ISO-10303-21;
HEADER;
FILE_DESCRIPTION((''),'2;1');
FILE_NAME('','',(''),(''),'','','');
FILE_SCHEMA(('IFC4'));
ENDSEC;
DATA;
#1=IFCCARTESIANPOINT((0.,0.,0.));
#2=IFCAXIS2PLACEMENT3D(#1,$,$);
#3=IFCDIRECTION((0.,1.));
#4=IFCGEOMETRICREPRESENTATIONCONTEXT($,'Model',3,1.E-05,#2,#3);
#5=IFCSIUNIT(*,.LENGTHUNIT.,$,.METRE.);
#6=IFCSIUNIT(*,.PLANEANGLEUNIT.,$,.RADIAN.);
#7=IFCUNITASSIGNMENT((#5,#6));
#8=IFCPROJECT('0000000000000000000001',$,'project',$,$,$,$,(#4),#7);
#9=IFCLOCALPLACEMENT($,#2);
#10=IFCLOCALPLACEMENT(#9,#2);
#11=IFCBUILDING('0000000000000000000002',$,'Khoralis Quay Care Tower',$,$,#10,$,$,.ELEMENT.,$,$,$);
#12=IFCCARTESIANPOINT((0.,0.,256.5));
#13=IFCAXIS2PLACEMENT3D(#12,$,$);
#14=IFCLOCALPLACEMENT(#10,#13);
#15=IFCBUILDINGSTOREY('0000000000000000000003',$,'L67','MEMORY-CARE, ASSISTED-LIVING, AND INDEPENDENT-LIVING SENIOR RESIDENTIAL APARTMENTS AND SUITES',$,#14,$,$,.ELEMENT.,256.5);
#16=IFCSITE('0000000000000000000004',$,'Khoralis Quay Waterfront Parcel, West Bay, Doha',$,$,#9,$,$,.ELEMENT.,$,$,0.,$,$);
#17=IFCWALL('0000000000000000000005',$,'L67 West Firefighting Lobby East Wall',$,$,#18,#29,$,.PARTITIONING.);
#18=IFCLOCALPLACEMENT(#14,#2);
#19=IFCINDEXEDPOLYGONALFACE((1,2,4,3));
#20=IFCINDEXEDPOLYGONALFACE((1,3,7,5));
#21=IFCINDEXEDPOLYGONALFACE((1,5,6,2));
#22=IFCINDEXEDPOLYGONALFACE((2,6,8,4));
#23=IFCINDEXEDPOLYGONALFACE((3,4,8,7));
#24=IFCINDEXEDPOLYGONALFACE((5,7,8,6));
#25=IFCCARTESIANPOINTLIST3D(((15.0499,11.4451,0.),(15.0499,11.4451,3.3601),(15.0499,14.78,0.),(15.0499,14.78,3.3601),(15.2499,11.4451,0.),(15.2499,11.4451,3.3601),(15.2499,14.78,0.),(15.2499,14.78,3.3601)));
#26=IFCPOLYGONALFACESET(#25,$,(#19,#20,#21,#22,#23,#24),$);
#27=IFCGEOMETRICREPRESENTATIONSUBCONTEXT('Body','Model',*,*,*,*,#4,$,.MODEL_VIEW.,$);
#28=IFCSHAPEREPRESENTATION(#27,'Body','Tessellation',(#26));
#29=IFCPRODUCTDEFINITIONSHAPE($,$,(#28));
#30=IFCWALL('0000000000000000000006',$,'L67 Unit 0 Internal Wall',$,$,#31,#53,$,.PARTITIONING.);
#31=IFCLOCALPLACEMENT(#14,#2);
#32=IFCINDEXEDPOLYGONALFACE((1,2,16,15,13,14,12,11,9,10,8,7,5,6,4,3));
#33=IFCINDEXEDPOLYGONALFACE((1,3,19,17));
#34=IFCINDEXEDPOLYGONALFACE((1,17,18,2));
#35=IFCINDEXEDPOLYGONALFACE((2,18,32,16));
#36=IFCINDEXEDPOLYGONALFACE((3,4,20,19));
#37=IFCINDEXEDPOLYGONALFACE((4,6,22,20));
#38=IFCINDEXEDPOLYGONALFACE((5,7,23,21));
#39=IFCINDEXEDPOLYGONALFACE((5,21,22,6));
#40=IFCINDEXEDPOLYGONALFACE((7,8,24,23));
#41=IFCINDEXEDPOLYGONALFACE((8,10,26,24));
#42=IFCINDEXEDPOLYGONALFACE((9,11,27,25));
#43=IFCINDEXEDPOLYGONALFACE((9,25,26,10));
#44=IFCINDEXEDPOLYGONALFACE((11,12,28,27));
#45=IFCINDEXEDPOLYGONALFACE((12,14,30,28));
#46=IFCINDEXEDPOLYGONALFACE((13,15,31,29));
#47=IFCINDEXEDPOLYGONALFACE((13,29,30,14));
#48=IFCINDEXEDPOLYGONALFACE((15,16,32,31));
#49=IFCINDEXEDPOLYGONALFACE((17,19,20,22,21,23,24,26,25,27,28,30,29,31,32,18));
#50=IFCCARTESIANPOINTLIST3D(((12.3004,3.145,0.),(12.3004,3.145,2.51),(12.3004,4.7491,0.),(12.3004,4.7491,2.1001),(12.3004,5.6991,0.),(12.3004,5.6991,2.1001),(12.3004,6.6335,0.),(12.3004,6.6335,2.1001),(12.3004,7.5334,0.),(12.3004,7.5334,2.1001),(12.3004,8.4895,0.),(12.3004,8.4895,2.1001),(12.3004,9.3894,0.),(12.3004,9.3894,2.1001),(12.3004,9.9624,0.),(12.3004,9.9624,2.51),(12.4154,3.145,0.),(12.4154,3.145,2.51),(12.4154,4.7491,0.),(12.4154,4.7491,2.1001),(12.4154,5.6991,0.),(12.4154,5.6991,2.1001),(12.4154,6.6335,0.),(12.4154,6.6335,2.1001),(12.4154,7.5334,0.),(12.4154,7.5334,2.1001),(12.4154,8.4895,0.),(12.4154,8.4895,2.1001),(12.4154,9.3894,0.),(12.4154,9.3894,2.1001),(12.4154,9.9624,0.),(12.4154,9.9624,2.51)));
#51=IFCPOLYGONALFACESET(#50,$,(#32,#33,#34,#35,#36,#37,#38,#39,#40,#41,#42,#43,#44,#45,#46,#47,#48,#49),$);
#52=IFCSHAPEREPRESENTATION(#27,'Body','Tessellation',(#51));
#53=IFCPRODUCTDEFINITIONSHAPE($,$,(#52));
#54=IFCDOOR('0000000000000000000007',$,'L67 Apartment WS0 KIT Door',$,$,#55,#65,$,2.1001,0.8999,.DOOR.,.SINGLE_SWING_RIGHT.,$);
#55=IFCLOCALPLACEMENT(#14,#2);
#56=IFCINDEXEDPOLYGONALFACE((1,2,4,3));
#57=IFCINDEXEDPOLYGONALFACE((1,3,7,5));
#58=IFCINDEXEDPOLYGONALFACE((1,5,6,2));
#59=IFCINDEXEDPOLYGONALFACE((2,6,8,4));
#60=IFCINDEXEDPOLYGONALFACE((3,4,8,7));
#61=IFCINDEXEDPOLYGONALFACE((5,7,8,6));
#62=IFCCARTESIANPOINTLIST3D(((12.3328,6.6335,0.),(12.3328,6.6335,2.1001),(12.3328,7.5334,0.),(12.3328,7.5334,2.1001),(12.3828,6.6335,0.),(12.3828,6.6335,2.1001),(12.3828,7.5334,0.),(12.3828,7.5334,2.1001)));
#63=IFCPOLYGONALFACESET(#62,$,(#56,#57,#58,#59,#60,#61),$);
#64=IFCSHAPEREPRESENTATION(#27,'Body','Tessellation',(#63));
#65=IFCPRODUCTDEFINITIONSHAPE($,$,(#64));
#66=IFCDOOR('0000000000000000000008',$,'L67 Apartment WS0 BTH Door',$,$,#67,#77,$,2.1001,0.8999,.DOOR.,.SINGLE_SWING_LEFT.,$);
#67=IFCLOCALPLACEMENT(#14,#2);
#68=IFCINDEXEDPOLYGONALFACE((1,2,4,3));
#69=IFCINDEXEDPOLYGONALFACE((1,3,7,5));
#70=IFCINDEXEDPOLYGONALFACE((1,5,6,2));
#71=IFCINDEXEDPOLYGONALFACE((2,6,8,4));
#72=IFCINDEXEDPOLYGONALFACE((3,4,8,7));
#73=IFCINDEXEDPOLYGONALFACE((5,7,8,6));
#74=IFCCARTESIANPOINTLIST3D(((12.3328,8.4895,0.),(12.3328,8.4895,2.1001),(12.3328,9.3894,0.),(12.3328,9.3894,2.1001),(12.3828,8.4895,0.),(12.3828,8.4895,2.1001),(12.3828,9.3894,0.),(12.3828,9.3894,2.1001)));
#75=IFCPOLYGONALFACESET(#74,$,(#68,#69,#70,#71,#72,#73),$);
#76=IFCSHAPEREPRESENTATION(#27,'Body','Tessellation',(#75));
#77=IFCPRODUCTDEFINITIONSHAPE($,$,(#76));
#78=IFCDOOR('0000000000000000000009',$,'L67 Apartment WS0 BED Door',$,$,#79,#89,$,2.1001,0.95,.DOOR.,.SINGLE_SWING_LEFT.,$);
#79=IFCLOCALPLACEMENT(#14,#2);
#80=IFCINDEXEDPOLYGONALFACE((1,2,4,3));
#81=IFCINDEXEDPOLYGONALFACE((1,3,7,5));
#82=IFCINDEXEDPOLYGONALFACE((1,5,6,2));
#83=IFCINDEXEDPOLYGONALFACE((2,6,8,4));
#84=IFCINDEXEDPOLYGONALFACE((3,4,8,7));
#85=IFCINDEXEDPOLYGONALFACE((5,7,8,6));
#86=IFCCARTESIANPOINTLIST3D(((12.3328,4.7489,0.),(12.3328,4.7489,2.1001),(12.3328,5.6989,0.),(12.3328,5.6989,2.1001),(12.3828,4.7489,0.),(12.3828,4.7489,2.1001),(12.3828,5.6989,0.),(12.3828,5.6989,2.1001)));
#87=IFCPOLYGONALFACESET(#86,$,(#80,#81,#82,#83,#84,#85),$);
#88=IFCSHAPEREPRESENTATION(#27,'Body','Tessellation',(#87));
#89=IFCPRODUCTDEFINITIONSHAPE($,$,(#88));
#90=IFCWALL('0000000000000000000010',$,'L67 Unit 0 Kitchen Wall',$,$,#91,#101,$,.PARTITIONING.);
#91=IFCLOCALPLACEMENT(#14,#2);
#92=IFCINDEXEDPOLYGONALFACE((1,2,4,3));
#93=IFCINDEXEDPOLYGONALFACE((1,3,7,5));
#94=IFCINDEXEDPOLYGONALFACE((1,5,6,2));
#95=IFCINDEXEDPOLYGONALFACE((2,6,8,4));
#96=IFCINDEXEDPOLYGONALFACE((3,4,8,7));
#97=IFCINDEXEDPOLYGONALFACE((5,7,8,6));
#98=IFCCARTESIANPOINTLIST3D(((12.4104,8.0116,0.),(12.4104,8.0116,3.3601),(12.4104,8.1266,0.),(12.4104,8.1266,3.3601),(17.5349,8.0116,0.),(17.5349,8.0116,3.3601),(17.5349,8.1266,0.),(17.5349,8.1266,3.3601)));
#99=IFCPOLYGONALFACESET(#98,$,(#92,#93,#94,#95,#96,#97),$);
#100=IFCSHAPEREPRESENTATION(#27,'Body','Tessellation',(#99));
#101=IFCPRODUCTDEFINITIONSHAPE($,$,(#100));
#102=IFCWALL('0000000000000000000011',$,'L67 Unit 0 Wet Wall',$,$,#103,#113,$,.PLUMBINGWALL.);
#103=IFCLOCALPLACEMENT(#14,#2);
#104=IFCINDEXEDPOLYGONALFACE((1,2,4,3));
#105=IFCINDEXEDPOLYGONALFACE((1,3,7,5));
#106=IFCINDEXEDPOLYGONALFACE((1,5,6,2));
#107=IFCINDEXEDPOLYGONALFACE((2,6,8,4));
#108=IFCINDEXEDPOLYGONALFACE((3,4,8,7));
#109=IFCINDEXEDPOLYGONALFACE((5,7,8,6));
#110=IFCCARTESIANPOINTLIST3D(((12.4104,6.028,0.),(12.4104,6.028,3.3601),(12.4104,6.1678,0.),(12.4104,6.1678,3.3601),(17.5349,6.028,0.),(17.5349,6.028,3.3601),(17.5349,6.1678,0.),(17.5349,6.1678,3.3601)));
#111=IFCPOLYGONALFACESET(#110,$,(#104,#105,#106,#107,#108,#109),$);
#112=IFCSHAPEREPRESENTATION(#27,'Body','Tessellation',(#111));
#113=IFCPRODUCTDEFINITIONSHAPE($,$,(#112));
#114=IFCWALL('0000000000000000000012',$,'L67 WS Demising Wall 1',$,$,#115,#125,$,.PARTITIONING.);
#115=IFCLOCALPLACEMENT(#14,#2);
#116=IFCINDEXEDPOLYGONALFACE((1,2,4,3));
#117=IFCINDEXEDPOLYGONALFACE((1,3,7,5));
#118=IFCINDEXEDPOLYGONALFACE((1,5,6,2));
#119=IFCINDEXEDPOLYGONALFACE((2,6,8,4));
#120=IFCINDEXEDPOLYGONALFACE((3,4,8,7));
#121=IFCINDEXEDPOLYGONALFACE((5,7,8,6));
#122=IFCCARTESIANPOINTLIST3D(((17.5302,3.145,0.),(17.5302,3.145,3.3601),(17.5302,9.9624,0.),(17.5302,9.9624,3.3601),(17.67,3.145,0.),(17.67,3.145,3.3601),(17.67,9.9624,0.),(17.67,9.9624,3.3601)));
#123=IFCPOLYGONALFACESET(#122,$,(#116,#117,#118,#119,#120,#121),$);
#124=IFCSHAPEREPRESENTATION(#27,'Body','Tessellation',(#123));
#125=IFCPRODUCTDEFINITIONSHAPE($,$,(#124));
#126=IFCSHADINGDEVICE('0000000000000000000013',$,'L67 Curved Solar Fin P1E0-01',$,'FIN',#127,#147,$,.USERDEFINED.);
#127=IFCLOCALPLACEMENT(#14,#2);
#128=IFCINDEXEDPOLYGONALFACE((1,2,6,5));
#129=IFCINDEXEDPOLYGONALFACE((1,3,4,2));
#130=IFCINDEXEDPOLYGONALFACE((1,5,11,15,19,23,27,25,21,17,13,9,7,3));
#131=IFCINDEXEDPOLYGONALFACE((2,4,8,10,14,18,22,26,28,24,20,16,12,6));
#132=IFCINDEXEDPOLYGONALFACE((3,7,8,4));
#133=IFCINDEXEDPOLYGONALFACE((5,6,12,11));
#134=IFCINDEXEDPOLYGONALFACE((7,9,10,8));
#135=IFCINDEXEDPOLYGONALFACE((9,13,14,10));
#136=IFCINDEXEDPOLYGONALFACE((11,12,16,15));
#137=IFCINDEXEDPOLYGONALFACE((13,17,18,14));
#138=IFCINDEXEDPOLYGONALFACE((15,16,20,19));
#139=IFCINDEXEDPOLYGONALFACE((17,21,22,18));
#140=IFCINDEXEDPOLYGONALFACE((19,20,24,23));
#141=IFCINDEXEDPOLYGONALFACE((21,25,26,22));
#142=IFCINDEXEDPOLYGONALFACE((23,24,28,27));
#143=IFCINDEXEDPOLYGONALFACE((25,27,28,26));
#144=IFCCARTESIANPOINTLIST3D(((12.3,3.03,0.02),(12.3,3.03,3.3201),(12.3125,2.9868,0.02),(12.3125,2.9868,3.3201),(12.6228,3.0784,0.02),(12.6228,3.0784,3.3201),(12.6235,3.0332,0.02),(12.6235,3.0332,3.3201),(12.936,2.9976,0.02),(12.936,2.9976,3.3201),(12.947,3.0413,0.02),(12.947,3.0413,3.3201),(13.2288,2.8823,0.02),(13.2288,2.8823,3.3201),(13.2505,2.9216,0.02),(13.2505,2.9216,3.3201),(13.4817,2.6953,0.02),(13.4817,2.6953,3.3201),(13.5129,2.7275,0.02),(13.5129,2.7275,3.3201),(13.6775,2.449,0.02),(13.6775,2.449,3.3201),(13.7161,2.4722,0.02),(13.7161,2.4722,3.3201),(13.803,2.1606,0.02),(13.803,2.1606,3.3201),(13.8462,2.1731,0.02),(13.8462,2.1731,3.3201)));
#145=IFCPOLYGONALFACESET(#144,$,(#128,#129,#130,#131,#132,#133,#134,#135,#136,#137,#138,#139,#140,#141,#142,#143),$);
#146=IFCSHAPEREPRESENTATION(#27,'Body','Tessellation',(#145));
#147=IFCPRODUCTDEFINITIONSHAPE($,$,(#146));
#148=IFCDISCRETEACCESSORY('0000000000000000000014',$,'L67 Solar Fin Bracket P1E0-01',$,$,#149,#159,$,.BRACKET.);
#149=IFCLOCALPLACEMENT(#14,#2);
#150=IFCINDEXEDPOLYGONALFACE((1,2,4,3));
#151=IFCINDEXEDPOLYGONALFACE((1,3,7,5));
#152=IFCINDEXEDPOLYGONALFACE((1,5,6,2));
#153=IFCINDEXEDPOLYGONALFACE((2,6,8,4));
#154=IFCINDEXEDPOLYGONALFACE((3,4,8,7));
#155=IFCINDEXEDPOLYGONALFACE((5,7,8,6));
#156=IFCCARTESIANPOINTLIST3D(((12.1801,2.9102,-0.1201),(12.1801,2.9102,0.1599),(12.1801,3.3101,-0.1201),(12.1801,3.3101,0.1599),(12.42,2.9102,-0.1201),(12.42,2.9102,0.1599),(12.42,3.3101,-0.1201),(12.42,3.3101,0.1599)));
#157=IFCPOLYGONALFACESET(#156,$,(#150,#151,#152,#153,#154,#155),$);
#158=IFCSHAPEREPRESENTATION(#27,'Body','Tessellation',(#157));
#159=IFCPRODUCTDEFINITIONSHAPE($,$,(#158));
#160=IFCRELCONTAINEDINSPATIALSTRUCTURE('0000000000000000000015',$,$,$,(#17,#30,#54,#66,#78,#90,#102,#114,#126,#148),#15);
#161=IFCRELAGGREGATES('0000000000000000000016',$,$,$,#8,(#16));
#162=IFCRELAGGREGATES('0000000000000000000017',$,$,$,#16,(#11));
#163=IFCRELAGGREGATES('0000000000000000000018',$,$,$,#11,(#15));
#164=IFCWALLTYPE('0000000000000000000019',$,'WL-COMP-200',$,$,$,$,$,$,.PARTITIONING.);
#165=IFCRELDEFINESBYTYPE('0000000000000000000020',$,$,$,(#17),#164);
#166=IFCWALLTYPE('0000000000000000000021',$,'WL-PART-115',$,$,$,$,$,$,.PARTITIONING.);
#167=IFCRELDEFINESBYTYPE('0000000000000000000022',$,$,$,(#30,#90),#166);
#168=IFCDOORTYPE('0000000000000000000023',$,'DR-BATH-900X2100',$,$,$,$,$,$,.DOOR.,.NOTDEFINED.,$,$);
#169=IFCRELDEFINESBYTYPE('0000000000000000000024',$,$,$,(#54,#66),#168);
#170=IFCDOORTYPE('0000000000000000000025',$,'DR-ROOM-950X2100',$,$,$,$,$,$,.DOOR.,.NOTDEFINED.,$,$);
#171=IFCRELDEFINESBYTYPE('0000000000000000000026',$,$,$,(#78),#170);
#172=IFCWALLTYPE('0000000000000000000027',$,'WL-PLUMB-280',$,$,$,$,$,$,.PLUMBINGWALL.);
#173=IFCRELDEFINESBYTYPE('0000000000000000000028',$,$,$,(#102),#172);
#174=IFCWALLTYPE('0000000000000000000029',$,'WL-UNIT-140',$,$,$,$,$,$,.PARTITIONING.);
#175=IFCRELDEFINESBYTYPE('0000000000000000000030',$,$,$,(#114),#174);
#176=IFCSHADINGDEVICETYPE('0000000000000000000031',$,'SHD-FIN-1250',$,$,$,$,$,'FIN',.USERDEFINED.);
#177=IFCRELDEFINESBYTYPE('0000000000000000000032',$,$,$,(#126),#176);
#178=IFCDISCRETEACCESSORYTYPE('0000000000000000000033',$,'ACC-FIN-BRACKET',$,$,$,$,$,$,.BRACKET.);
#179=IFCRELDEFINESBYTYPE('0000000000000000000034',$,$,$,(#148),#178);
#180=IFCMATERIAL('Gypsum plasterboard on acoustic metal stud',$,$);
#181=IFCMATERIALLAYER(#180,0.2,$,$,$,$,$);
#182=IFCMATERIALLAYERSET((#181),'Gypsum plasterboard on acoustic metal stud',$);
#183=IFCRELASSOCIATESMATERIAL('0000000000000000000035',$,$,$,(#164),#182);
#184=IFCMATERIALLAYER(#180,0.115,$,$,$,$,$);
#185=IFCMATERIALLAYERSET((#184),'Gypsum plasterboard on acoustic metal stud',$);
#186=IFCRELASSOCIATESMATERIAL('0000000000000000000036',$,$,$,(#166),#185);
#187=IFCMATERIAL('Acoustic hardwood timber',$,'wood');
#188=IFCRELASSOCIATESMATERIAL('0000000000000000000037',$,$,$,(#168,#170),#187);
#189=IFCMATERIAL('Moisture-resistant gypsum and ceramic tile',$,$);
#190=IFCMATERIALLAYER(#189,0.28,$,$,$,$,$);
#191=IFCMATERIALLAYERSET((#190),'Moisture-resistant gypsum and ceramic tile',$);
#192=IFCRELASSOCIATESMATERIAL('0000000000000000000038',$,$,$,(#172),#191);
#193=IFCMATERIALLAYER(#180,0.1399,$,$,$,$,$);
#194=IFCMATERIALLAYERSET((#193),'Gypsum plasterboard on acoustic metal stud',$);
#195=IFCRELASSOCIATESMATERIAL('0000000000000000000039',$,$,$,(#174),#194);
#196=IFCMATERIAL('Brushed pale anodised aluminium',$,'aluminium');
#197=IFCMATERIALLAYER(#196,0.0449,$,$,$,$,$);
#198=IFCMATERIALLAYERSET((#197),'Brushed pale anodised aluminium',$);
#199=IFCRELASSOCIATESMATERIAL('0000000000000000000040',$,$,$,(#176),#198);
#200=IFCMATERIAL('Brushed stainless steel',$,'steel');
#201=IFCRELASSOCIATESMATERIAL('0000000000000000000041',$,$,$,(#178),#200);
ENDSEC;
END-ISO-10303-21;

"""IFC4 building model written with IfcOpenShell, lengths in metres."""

from ifc_helpers import new_model, si_unit, direction, frame, frame_2d, origin, origin_2d, place, context, subcontext, project, spatial, polyline, rectangle, outline, extrude, source, transform, mapped, material, layer, layer_set, type_object, element, fill, save


model = new_model("IFC4")

# Units and contexts
model_context = context("Model", 3, precision=1e-05, world=origin(), true_north=direction((0.0, 1.0)))
body_context = subcontext(model_context, "Body", "Model", "MODEL_VIEW")
ifc_project = project(units=[si_unit("LENGTHUNIT", "METRE"), si_unit("PLANEANGLEUNIT", "RADIAN")], contexts=[model_context])

# Site, building, storey
site_placement = place(None, origin())
site = spatial("IfcSite", under=ifc_project, at=site_placement, Name="Khoralis Quay Waterfront Parcel, West Bay, Doha", CompositionType="ELEMENT", RefElevation=0.0)
building_placement = place(site_placement, origin())
building = spatial("IfcBuilding", under=site, at=building_placement, Name="Khoralis Quay Care Tower", CompositionType="ELEMENT")
storey_placement = place(building_placement, frame((0.0, 0.0, 256.5)))
storey = spatial("IfcBuildingStorey", under=building, at=storey_placement, Name="L67", Description="MEMORY-CARE, ASSISTED-LIVING, AND INDEPENDENT-LIVING SENIOR RESIDENTIAL APARTMENTS AND SUITES", CompositionType="ELEMENT", Elevation=256.5)

# Wall
ifc_material_1 = material(Name="Gypsum plasterboard on acoustic metal stud")
ifc_layer_1 = layer(ifc_material_1, 0.2)
ifc_layer_set_1 = layer_set([ifc_layer_1], Name="Gypsum plasterboard on acoustic metal stud")
wall_type_1 = type_object("IfcWallType", Name="WL-COMP-200", PredefinedType="PARTITIONING", material=ifc_layer_set_1)
wall_1_placement = place(storey_placement, frame((15.1499, 11.4451, 0.0), z_axis=(0.0, 0.0, 1.0), x_axis=(0.0, 1.0, 0.0)))
element("IfcWall", 1, at=wall_1_placement, inside=storey, type_object=wall_type_1, Name="L67 West Firefighting Lobby East Wall", PredefinedType="PARTITIONING", context=body_context, shape_type="SweptSolid", body=[
    extrude(rectangle(XDim=3.335, YDim=0.2, at=frame_2d((1.6675, 0.0))), origin(), (0.0, 0.0, 1.0), 3.3601),
])

# Wall, openings, doors
ifc_layer_2 = layer(ifc_material_1, 0.115)
ifc_layer_set_2 = layer_set([ifc_layer_2], Name="Gypsum plasterboard on acoustic metal stud")
wall_type_2 = type_object("IfcWallType", Name="WL-PART-115", PredefinedType="PARTITIONING", material=ifc_layer_set_2)
wall_2_placement = place(storey_placement, frame((12.3579, 3.145, 0.0), z_axis=(0.0, 0.0, 1.0), x_axis=(0.0, 1.0, 0.0)))
wall_2 = element("IfcWall", 2, at=wall_2_placement, inside=storey, type_object=wall_type_2, Name="L67 Unit 0 Internal Wall", PredefinedType="PARTITIONING", context=body_context, shape_type="SweptSolid", body=[
    extrude(rectangle(XDim=6.8174, YDim=0.115, at=frame_2d((3.4087, 0.0))), origin(), (0.0, 0.0, 1.0), 2.51),
])
opening_1_placement = place(wall_2_placement, frame((1.604, 0.0, 0.0)))
opening_1 = element("IfcOpeningElement", 3, at=opening_1_placement, cuts=wall_2, PredefinedType="OPENING", context=body_context, shape_type="SweptSolid", body=[
    extrude(rectangle(XDim=0.95, YDim=2.1001, at=frame_2d((0.4751, 1.05))), frame((0.0, 0.0674, 0.0), z_axis=(0.0, -1.0, 0.0), x_axis=(1.0, 0.0, 0.0)), (0.0, 0.0, 1.0), 0.135),
])
opening_2_placement = place(wall_2_placement, frame((3.4885, 0.0, 0.0)))
opening_2 = element("IfcOpeningElement", 4, at=opening_2_placement, cuts=wall_2, PredefinedType="OPENING", context=body_context, shape_type="SweptSolid", body=[
    extrude(rectangle(XDim=0.8999, YDim=2.1001, at=frame_2d((0.45, 1.05))), frame((0.0, 0.0674, 0.0), z_axis=(0.0, -1.0, 0.0), x_axis=(1.0, 0.0, 0.0)), (0.0, 0.0, 1.0), 0.135),
])
opening_3_placement = place(wall_2_placement, frame((5.3445, 0.0, 0.0)))
opening_3 = element("IfcOpeningElement", 5, at=opening_3_placement, cuts=wall_2, PredefinedType="OPENING", context=body_context, shape_type="SweptSolid", body=[
    extrude(rectangle(XDim=0.8999, YDim=2.1001, at=frame_2d((0.45, 1.05))), frame((0.0, 0.0674, 0.0), z_axis=(0.0, -1.0, 0.0), x_axis=(1.0, 0.0, 0.0)), (0.0, 0.0, 1.0), 0.135),
])
ifc_material_2 = material(Name="Acoustic hardwood timber", Category="wood")
door_type_1 = type_object("IfcDoorType", Name="DR-BATH-900X2100", OperationType="NOTDEFINED", PredefinedType="DOOR", material=ifc_material_2)
shared_shape_1 = source(origin(), body_context, "Body", "SweptSolid", [
    extrude(rectangle(XDim=0.8999, YDim=2.1001, at=frame_2d((0.45, 1.05))), frame((0.0, 0.0249, 0.0), z_axis=(0.0, -1.0, 0.0), x_axis=(1.0, 0.0, 0.0)), (0.0, 0.0, 1.0), 0.05),
])
door_1_placement = place(opening_2_placement, frame((0.8999, 0.0, 0.0), z_axis=(0.0, 0.0, 1.0), x_axis=(-1.0, 0.0, 0.0)))
door_1 = element("IfcDoor", 6, at=door_1_placement, inside=storey, type_object=door_type_1, Name="L67 Apartment WS0 KIT Door", OperationType="SINGLE_SWING_RIGHT", OverallHeight=2.1001, OverallWidth=0.8999, PredefinedType="DOOR", context=body_context, shape_type="MappedRepresentation", body=[
    mapped(shared_shape_1, transform((0.0, 0.0, 0.0), scale=1.0)),
])
fill(opening_2, door_1)
door_2_placement = place(opening_3_placement, frame((0.8999, 0.0, 0.0), z_axis=(0.0, 0.0, 1.0), x_axis=(-1.0, 0.0, 0.0)))
door_2 = element("IfcDoor", 7, at=door_2_placement, inside=storey, type_object=door_type_1, Name="L67 Apartment WS0 BTH Door", OperationType="SINGLE_SWING_LEFT", OverallHeight=2.1001, OverallWidth=0.8999, PredefinedType="DOOR", context=body_context, shape_type="MappedRepresentation", body=[
    mapped(shared_shape_1, transform((0.0, 0.0, 0.0), scale=1.0)),
])
fill(opening_3, door_2)
door_type_2 = type_object("IfcDoorType", Name="DR-ROOM-950X2100", OperationType="NOTDEFINED", PredefinedType="DOOR", material=ifc_material_2)
shared_shape_2 = source(origin(), body_context, "Body", "SweptSolid", [
    extrude(rectangle(XDim=0.95, YDim=2.1001, at=frame_2d((0.4751, 1.05))), frame((0.0, 0.0249, 0.0), z_axis=(0.0, -1.0, 0.0), x_axis=(1.0, 0.0, 0.0)), (0.0, 0.0, 1.0), 0.05),
])
door_3_placement = place(opening_1_placement, frame((0.95, 0.0, 0.0), z_axis=(0.0, 0.0, 1.0), x_axis=(-1.0, 0.0, 0.0)))
door_3 = element("IfcDoor", 8, at=door_3_placement, inside=storey, type_object=door_type_2, Name="L67 Apartment WS0 BED Door", OperationType="SINGLE_SWING_LEFT", OverallHeight=2.1001, OverallWidth=0.95, PredefinedType="DOOR", context=body_context, shape_type="MappedRepresentation", body=[
    mapped(shared_shape_2, transform((0.0, 0.0, 0.0), scale=1.0)),
])
fill(opening_1, door_3)

# Walls
wall_3_placement = place(storey_placement, frame((12.4104, 8.0691, 0.0), z_axis=(0.0, 0.0, 1.0), x_axis=(1.0, 0.0, 0.0)))
element("IfcWall", 9, at=wall_3_placement, inside=storey, type_object=wall_type_2, Name="L67 Unit 0 Kitchen Wall", PredefinedType="PARTITIONING", context=body_context, shape_type="SweptSolid", body=[
    extrude(rectangle(XDim=5.1245, YDim=0.115, at=frame_2d((2.5623, 0.0))), origin(), (0.0, 0.0, 1.0), 3.3601),
])
ifc_material_3 = material(Name="Moisture-resistant gypsum and ceramic tile")
ifc_layer_3 = layer(ifc_material_3, 0.28)
ifc_layer_set_3 = layer_set([ifc_layer_3], Name="Moisture-resistant gypsum and ceramic tile")
wall_type_3 = type_object("IfcWallType", Name="WL-PLUMB-280", PredefinedType="PLUMBINGWALL", material=ifc_layer_set_3)
wall_4_placement = place(storey_placement, frame((12.4104, 6.0979, 0.0), z_axis=(0.0, 0.0, 1.0), x_axis=(1.0, 0.0, 0.0)))
element("IfcWall", 10, at=wall_4_placement, inside=storey, type_object=wall_type_3, Name="L67 Unit 0 Wet Wall", PredefinedType="PLUMBINGWALL", context=body_context, shape_type="SweptSolid", body=[
    extrude(rectangle(XDim=5.1245, YDim=0.1399, at=frame_2d((2.5623, 0.0))), origin(), (0.0, 0.0, 1.0), 3.3601),
])
ifc_layer_4 = layer(ifc_material_1, 0.1399)
ifc_layer_set_4 = layer_set([ifc_layer_4], Name="Gypsum plasterboard on acoustic metal stud")
wall_type_4 = type_object("IfcWallType", Name="WL-UNIT-140", PredefinedType="PARTITIONING", material=ifc_layer_set_4)
wall_5_placement = place(storey_placement, frame((17.6001, 3.145, 0.0), z_axis=(0.0, 0.0, 1.0), x_axis=(0.0, 1.0, 0.0)))
element("IfcWall", 11, at=wall_5_placement, inside=storey, type_object=wall_type_4, Name="L67 WS Demising Wall 1", PredefinedType="PARTITIONING", context=body_context, shape_type="SweptSolid", body=[
    extrude(rectangle(XDim=6.8174, YDim=0.1399, at=frame_2d((3.4087, 0.0))), origin(), (0.0, 0.0, 1.0), 3.3601),
])

# Shading device
ifc_material_4 = material(Name="Brushed pale anodised aluminium", Category="aluminium")
ifc_layer_5 = layer(ifc_material_4, 0.0449)
ifc_layer_set_5 = layer_set([ifc_layer_5], Name="Brushed pale anodised aluminium")
shading_device_type = type_object("IfcShadingDeviceType", Name="SHD-FIN-1250", ElementType="FIN", PredefinedType="USERDEFINED", material=ifc_layer_set_5)
shared_shape_3 = source(origin(), body_context, "Body", "SweptSolid", [
    extrude(outline(polyline([(0.0, 0.0), (-0.0483, 0.3228), (-0.0112, 0.647), (0.1084, 0.9504), (0.3025, 1.2129), (0.5579, 1.416), (0.8569, 1.5461), (0.8694, 1.5029), (0.5811, 1.3774), (0.3347, 1.1816), (0.1477, 0.9287), (0.0325, 0.636), (-0.0032, 0.3235), (0.0432, 0.0125), (0.0, 0.0)])), origin(), (0.0, 0.0, 1.0), 3.3),
])
shading_device_placement = place(storey_placement, frame((12.3, 3.03, 0.02), z_axis=(0.0, 0.0, 1.0), x_axis=(0.0, -1.0, 0.0)))
element("IfcShadingDevice", 12, at=shading_device_placement, inside=storey, type_object=shading_device_type, Name="L67 Curved Solar Fin P1E0-01", ObjectType="FIN", PredefinedType="USERDEFINED", context=body_context, shape_type="MappedRepresentation", body=[
    mapped(shared_shape_3, transform((0.0, 0.0, 0.0), scale=1.0)),
])

# Discrete accessory
ifc_material_5 = material(Name="Brushed stainless steel", Category="steel")
discrete_accessory_type = type_object("IfcDiscreteAccessoryType", Name="ACC-FIN-BRACKET", PredefinedType="BRACKET", material=ifc_material_5)
shared_shape_4 = source(origin(), body_context, "Body", "SweptSolid", [
    extrude(rectangle(XDim=0.3999, YDim=0.24, at=origin_2d()), origin(), (0.0, 0.0, 1.0), 0.28),
])
discrete_accessory_placement = place(storey_placement, frame((12.3, 3.1101, -0.1201), z_axis=(0.0, 0.0, 1.0), x_axis=(0.0, -1.0, 0.0)))
element("IfcDiscreteAccessory", 13, at=discrete_accessory_placement, inside=storey, type_object=discrete_accessory_type, Name="L67 Solar Fin Bracket P1E0-01", PredefinedType="BRACKET", context=body_context, shape_type="MappedRepresentation", body=[
    mapped(shared_shape_4, transform((0.0, 0.0, 0.0), scale=1.0)),
])

save(model, "model.ifc")
